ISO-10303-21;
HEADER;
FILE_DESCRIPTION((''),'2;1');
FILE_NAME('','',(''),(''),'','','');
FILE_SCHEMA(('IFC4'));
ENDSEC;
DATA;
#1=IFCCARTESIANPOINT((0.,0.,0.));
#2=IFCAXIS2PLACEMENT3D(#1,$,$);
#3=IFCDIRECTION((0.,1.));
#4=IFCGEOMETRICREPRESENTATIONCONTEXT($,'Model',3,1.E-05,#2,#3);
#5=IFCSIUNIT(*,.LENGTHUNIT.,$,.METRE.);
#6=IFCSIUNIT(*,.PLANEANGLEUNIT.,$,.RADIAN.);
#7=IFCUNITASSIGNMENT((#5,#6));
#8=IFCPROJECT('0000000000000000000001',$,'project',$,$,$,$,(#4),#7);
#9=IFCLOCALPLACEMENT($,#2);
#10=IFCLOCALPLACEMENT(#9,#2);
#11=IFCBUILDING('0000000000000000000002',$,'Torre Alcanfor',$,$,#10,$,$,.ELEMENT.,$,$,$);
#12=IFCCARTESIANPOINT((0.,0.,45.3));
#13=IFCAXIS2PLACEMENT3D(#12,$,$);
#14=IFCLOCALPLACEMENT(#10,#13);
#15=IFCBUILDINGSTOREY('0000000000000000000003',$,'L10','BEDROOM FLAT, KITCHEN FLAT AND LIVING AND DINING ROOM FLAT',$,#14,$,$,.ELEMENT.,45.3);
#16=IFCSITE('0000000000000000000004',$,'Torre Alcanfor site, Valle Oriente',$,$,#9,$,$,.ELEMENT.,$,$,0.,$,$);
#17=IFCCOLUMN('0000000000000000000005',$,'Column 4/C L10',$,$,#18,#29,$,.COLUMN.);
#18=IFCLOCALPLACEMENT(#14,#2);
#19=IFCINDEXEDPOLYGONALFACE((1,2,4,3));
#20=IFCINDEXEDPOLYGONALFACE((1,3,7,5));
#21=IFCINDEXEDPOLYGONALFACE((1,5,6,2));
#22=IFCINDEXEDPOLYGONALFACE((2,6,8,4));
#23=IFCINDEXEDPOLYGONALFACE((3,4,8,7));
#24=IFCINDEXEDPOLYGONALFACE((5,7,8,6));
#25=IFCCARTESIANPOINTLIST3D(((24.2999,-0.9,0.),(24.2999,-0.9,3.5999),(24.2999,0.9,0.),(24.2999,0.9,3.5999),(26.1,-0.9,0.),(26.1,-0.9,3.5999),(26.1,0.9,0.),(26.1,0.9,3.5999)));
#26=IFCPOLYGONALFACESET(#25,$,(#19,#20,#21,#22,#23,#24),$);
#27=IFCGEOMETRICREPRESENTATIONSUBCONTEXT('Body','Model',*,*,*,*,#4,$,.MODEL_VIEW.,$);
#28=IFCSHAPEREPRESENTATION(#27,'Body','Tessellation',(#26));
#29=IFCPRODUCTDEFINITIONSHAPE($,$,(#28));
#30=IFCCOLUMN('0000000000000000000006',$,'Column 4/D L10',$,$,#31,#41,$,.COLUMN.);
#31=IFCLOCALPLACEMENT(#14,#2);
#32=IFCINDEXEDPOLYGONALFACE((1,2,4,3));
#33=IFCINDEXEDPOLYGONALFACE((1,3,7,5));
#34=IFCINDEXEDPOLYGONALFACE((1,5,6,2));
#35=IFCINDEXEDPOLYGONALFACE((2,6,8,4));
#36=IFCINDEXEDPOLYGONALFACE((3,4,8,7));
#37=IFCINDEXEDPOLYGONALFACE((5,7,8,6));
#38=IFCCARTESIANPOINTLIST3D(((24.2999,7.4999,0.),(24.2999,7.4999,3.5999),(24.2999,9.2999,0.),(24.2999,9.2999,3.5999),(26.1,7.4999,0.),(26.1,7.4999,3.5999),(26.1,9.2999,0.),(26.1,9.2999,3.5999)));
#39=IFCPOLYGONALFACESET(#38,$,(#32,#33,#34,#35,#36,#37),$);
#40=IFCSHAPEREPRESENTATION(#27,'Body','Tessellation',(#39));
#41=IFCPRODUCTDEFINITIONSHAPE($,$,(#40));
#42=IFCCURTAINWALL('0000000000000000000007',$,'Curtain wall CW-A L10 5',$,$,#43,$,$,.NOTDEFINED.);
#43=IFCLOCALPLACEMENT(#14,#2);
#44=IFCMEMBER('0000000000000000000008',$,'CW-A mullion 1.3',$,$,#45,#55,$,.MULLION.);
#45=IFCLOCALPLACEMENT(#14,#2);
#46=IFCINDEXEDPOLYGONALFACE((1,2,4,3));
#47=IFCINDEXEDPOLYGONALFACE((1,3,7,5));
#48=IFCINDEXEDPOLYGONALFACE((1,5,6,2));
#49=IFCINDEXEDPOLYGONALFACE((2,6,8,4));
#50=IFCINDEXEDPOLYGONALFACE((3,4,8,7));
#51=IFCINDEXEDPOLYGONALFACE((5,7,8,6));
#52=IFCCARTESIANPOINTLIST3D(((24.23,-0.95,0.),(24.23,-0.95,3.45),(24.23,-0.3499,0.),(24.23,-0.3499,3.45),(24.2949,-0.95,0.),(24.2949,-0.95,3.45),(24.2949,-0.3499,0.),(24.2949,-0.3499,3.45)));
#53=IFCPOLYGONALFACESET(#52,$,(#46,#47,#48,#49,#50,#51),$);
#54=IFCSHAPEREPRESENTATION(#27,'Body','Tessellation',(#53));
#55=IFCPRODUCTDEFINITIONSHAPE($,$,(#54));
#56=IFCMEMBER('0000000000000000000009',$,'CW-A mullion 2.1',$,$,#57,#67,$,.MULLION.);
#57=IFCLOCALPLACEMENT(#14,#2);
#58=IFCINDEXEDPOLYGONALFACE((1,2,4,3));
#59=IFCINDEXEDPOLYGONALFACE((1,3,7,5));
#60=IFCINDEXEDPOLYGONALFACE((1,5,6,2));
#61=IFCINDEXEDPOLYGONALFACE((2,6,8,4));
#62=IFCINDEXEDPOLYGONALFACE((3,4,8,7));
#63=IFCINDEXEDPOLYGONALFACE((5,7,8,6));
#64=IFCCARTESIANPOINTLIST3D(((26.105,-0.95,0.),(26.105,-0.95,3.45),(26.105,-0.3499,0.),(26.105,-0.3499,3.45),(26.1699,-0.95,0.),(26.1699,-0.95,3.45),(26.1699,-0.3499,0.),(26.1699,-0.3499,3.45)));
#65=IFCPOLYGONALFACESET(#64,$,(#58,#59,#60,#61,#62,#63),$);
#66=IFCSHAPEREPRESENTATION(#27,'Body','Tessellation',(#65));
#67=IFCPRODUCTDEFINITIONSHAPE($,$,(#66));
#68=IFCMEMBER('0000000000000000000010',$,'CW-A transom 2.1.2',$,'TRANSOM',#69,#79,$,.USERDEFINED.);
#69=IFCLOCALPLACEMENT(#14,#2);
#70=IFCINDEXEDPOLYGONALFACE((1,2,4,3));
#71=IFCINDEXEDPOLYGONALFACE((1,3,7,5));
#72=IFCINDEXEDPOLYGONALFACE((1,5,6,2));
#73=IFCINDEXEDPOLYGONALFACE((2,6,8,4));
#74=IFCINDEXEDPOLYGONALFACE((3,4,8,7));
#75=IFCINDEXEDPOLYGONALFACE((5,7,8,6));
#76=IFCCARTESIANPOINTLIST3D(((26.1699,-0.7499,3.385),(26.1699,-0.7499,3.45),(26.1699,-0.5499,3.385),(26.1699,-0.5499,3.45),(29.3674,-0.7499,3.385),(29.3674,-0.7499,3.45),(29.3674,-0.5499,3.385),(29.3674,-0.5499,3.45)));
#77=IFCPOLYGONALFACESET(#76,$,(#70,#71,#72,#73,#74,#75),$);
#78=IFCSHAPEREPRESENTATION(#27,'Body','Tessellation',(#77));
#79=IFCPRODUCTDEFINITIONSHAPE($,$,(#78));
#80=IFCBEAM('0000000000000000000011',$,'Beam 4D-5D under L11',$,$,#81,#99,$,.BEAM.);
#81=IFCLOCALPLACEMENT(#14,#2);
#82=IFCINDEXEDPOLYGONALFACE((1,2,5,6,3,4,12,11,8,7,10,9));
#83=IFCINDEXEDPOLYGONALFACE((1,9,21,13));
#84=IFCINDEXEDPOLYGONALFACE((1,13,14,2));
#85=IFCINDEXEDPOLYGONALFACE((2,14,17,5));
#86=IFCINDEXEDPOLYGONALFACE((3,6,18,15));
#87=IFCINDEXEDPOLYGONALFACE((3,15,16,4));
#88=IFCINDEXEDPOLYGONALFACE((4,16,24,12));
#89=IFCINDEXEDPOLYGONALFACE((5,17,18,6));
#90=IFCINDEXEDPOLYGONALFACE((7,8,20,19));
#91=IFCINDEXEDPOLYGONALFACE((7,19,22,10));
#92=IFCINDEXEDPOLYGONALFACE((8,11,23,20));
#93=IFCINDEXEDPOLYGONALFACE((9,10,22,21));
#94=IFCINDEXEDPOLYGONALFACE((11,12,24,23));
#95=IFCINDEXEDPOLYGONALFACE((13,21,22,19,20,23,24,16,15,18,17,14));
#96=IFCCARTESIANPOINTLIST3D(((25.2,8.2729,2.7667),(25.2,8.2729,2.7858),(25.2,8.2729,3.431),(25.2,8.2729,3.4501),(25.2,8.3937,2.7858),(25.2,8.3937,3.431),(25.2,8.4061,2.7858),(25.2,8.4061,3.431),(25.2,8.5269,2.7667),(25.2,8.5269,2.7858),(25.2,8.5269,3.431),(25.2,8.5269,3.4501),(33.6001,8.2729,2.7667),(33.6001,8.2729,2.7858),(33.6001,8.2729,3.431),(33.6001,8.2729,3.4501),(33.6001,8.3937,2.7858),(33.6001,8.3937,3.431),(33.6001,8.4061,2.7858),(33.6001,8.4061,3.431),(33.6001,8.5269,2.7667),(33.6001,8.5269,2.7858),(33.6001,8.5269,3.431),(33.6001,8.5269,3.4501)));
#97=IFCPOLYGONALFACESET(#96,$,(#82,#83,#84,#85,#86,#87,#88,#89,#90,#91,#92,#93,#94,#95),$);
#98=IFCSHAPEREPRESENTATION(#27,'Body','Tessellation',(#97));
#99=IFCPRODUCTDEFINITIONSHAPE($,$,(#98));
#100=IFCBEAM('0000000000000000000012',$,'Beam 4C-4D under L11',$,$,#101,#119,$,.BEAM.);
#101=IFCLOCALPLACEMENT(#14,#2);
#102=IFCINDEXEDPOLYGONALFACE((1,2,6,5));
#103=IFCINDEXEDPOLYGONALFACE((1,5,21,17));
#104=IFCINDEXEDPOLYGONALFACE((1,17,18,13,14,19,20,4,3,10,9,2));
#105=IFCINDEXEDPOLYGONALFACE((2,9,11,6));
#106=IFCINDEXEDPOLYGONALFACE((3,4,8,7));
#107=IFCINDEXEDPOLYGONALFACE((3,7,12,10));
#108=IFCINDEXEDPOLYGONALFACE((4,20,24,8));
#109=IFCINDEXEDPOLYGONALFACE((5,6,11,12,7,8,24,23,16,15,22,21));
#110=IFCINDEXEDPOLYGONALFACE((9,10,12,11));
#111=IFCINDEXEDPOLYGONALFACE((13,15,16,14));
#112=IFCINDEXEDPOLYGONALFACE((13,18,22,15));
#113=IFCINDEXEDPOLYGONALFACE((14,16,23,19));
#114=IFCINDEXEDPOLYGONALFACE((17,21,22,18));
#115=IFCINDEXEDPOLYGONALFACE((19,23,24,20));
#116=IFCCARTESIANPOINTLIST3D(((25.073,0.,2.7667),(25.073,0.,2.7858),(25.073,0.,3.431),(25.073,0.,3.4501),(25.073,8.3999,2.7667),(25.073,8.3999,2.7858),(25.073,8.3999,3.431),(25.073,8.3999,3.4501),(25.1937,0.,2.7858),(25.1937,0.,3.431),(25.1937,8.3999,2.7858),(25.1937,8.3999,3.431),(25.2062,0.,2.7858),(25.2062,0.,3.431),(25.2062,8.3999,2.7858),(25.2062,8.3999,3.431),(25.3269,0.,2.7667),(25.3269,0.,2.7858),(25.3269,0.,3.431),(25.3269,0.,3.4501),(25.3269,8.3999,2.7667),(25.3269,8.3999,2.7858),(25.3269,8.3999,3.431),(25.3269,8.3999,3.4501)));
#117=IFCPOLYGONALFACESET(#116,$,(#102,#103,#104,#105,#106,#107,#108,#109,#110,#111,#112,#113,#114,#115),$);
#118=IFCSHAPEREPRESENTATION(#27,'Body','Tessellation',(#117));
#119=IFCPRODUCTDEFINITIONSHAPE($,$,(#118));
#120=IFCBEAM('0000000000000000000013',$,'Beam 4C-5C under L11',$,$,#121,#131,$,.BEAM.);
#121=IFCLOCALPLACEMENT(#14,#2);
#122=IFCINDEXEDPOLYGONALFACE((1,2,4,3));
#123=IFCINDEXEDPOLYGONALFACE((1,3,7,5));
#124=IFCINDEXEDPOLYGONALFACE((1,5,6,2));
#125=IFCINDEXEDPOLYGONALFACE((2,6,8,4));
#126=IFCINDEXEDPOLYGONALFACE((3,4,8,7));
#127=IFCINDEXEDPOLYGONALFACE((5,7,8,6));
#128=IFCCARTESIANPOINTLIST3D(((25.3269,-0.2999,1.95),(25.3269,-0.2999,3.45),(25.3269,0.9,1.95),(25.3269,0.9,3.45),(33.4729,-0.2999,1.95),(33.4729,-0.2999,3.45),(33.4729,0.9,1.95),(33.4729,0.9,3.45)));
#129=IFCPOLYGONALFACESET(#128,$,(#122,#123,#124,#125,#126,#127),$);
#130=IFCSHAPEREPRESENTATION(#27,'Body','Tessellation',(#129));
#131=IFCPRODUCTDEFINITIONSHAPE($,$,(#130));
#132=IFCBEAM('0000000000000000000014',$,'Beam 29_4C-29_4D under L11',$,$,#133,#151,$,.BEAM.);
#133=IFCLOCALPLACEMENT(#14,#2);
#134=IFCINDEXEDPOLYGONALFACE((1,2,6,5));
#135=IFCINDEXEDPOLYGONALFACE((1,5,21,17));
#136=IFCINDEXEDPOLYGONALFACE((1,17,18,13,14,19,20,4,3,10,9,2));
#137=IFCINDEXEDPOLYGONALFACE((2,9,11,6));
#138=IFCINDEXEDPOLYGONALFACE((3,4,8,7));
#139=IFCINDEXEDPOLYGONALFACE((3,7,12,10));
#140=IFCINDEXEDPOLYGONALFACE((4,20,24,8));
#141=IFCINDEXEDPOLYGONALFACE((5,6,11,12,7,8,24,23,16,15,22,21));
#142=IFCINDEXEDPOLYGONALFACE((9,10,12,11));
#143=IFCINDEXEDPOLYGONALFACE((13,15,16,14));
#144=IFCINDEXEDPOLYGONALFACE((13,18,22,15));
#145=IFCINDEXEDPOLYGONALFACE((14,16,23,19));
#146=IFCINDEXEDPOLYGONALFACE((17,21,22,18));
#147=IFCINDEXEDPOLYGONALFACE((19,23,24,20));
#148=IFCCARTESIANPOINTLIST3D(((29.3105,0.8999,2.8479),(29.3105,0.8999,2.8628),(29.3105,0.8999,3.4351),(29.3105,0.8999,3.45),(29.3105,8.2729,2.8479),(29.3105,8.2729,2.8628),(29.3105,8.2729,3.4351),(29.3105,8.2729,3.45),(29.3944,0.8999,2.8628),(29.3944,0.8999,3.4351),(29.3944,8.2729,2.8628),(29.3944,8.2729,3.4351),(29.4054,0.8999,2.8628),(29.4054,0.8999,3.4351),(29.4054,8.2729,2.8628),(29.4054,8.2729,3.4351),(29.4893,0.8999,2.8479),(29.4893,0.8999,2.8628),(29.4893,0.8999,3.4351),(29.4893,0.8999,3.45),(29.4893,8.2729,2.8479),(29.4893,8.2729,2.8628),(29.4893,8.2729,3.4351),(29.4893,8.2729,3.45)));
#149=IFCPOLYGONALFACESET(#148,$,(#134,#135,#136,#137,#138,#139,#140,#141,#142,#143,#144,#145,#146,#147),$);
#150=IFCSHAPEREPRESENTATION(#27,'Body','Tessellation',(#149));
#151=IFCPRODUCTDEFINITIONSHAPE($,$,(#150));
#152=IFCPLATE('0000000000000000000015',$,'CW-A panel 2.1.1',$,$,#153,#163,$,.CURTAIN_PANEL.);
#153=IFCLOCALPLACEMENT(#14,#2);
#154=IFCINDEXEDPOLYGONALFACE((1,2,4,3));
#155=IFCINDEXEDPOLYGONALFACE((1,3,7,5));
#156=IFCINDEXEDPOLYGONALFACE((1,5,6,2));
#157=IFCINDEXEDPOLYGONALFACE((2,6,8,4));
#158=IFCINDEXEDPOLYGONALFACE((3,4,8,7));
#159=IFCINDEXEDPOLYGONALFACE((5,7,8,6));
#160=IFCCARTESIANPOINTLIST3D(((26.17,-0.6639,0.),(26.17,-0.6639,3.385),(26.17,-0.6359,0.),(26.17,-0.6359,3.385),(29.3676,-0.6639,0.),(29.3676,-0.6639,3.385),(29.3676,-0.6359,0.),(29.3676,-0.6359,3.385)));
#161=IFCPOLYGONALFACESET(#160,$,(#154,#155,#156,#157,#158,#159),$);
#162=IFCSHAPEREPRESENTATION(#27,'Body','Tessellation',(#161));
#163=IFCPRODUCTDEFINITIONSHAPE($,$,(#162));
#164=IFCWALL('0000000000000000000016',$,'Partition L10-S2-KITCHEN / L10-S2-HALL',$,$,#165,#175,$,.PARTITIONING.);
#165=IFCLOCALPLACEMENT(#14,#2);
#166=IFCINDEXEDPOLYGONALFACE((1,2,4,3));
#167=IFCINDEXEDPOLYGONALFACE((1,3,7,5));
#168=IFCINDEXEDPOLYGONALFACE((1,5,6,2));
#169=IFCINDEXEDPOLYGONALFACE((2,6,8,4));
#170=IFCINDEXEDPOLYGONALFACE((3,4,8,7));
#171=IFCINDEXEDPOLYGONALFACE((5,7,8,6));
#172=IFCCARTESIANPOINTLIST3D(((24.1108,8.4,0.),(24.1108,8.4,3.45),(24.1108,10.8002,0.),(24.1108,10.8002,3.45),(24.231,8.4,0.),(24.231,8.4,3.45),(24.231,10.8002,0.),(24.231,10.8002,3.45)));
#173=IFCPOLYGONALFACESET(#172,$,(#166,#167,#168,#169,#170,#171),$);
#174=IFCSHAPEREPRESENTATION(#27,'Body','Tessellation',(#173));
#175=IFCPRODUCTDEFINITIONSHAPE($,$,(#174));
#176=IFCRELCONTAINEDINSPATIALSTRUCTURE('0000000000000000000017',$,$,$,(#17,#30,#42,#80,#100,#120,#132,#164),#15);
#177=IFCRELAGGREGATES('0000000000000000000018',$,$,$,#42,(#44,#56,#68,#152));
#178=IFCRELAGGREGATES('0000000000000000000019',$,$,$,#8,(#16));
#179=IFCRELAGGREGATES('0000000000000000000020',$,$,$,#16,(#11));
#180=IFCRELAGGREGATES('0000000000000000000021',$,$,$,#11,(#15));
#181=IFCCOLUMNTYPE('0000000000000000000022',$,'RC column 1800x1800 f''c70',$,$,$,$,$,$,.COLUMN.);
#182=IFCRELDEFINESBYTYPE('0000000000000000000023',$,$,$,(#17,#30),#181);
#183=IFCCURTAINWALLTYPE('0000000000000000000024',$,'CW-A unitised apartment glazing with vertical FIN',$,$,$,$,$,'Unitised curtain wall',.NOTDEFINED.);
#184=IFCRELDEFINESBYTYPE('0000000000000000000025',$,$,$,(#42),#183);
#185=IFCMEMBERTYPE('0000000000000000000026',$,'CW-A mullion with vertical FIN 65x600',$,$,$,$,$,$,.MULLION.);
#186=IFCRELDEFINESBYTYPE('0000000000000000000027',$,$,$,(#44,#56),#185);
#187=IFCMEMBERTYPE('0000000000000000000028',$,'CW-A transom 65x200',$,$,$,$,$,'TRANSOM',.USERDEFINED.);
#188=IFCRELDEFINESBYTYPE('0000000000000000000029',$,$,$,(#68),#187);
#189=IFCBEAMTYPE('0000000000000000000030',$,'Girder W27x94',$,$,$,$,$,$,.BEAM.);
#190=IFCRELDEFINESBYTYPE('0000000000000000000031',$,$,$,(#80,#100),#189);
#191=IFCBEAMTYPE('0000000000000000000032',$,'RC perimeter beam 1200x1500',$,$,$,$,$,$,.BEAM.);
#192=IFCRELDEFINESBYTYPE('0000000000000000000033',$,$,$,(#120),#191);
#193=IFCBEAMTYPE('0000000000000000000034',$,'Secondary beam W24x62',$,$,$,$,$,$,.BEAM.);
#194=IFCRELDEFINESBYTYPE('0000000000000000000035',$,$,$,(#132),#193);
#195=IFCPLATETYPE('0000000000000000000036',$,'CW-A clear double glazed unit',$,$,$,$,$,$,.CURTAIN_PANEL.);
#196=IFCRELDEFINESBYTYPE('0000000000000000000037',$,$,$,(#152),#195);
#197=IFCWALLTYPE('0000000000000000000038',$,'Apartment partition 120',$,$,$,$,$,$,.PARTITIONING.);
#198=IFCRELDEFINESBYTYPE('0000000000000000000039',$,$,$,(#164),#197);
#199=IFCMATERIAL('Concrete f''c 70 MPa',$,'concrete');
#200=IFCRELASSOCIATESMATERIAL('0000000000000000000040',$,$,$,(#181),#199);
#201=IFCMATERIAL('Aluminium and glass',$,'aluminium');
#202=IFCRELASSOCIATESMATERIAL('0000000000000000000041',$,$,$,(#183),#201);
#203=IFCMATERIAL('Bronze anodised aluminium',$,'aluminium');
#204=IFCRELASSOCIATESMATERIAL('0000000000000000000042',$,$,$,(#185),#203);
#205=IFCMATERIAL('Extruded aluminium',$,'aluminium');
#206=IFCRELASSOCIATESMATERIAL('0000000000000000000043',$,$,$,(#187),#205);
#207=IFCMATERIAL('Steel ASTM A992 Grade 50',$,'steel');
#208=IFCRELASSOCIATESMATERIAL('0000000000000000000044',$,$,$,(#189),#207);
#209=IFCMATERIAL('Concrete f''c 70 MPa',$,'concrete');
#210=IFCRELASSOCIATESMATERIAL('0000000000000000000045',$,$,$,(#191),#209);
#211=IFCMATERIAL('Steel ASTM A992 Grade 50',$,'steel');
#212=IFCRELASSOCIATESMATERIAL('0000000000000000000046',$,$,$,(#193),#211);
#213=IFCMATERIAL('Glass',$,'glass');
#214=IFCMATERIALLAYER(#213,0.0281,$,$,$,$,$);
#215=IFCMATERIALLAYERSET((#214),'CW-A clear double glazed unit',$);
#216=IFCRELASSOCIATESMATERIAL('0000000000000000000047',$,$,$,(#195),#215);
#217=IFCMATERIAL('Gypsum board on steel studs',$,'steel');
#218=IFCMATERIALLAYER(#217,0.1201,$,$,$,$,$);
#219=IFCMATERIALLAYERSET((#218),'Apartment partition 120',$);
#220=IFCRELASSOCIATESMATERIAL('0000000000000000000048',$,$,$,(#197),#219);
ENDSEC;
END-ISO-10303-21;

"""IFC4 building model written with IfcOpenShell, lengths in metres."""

from ifc_helpers import new_model, si_unit, direction, frame, frame_2d, origin, origin_2d, place, context, subcontext, project, spatial, rectangle, i_section, extrude, material, layer, layer_set, material_profile, profile_set, type_object, element, aggregate, save


model = new_model("IFC4")

# Units and contexts
model_context = context("Model", 3, precision=1e-05, world=origin(), true_north=direction((0.0, 1.0)))
body_context = subcontext(model_context, "Body", "Model", "MODEL_VIEW")
ifc_project = project(units=[si_unit("LENGTHUNIT", "METRE"), si_unit("PLANEANGLEUNIT", "RADIAN")], contexts=[model_context])

# Site, building, storey
site_placement = place(None, origin())
site = spatial("IfcSite", under=ifc_project, at=site_placement, Name="Torre Alcanfor site, Valle Oriente", CompositionType="ELEMENT", RefElevation=0.0)
building_placement = place(site_placement, origin())
building = spatial("IfcBuilding", under=site, at=building_placement, Name="Torre Alcanfor", CompositionType="ELEMENT")
storey_placement = place(building_placement, frame((0.0, 0.0, 45.3)))
storey = spatial("IfcBuildingStorey", under=building, at=storey_placement, Name="L10", Description="BEDROOM FLAT, KITCHEN FLAT AND LIVING AND DINING ROOM FLAT", CompositionType="ELEMENT", Elevation=45.3)

# Columns
ifc_material_1 = material(Name="Concrete f'c 70 MPa", Category="concrete")
ifc_material_profile_1 = material_profile(ifc_material_1, rectangle(XDim=1.8, YDim=1.8, at=origin_2d()), Name="1800x1800")
ifc_profile_set_1 = profile_set([ifc_material_profile_1], Name="Concrete f'c 70 MPa")
column_type = type_object("IfcColumnType", Name="RC column 1800x1800 f'c70", PredefinedType="COLUMN", material=ifc_profile_set_1)
for number, where, z_axis, x_axis, name in (
    (1, (25.2, 0.0, 0.0), (0.0, 0.0, 1.0), (1.0, 0.0, 0.0), "Column 4/C L10"),
    (2, (25.2, 8.3999, 0.0), (0.0, 0.0, 1.0), (1.0, 0.0, 0.0), "Column 4/D L10"),
):
    element("IfcColumn", number, at=place(storey_placement, frame(where, z_axis=z_axis, x_axis=x_axis)), inside=storey, type_object=column_type, Name=name, PredefinedType="COLUMN", context=body_context, shape_type="SweptSolid", body=[
        extrude(rectangle(XDim=1.8, YDim=1.8, at=origin_2d()), origin(), (0.0, 0.0, 1.0), 3.5999),
    ])

# Curtain wall, members
ifc_material_2 = material(Name="Aluminium and glass", Category="aluminium")
curtain_wall_type = type_object("IfcCurtainWallType", Name="CW-A unitised apartment glazing with vertical FIN", ElementType="Unitised curtain wall", PredefinedType="NOTDEFINED", material=ifc_material_2)
curtain_wall_placement = place(storey_placement, origin())
curtain_wall = element("IfcCurtainWall", 3, at=curtain_wall_placement, inside=storey, type_object=curtain_wall_type, Name="Curtain wall CW-A L10 5", PredefinedType="NOTDEFINED")
ifc_material_3 = material(Name="Bronze anodised aluminium", Category="aluminium")
ifc_material_profile_2 = material_profile(ifc_material_3, rectangle(XDim=0.6001, YDim=0.0649, at=origin_2d()), Name="CW-A mullion 65x600")
ifc_profile_set_2 = profile_set([ifc_material_profile_2], Name="Bronze anodised aluminium")
member_type_1 = type_object("IfcMemberType", Name="CW-A mullion with vertical FIN 65x600", PredefinedType="MULLION", material=ifc_profile_set_2)
member_1_placement = place(storey_placement, frame((24.2625, -0.6499, 0.0), z_axis=(0.0, 0.0, 1.0), x_axis=(0.0, 1.0, 0.0)))
member_1 = element("IfcMember", 4, at=member_1_placement, type_object=member_type_1, Name="CW-A mullion 1.3", PredefinedType="MULLION", context=body_context, shape_type="SweptSolid", body=[
    extrude(rectangle(XDim=0.6001, YDim=0.0649, at=origin_2d()), origin(), (0.0, 0.0, 1.0), 3.45),
])
member_2_placement = place(storey_placement, frame((26.1375, -0.6499, 0.0), z_axis=(0.0, 0.0, 1.0), x_axis=(0.0, 1.0, 0.0)))
member_2 = element("IfcMember", 5, at=member_2_placement, type_object=member_type_1, Name="CW-A mullion 2.1", PredefinedType="MULLION", context=body_context, shape_type="SweptSolid", body=[
    extrude(rectangle(XDim=0.6001, YDim=0.0649, at=origin_2d()), origin(), (0.0, 0.0, 1.0), 3.45),
])
ifc_material_4 = material(Name="Extruded aluminium", Category="aluminium")
ifc_material_profile_3 = material_profile(ifc_material_4, rectangle(XDim=0.2, YDim=0.0649, at=origin_2d()), Name="CW-A transom 200x65")
ifc_profile_set_3 = profile_set([ifc_material_profile_3], Name="Extruded aluminium")
member_type_2 = type_object("IfcMemberType", Name="CW-A transom 65x200", ElementType="TRANSOM", PredefinedType="USERDEFINED", material=ifc_profile_set_3)
member_3_placement = place(storey_placement, frame((26.1699, -0.6499, 3.4175), z_axis=(1.0, 0.0, 0.0), x_axis=(0.0, 1.0, 0.0)))
member_3 = element("IfcMember", 6, at=member_3_placement, type_object=member_type_2, Name="CW-A transom 2.1.2", ObjectType="TRANSOM", PredefinedType="USERDEFINED", context=body_context, shape_type="SweptSolid", body=[
    extrude(rectangle(XDim=0.2, YDim=0.0649, at=origin_2d()), origin(), (0.0, 0.0, 1.0), 3.1975),
])

# Beams
ifc_material_5 = material(Name="Steel ASTM A992 Grade 50", Category="steel")
ifc_material_profile_4 = material_profile(ifc_material_5, i_section(OverallWidth=0.2539, OverallDepth=0.6833, WebThickness=0.0125, FlangeThickness=0.019, at=origin_2d()), Name="W27x94")
ifc_profile_set_4 = profile_set([ifc_material_profile_4], Name="Steel ASTM A992 Grade 50")
beam_type_1 = type_object("IfcBeamType", Name="Girder W27x94", PredefinedType="BEAM", material=ifc_profile_set_4)
beam_1_placement = place(storey_placement, frame((25.2, 8.3999, 3.1084), z_axis=(1.0, 0.0, 0.0), x_axis=(0.0, 1.0, 0.0)))
element("IfcBeam", 7, at=beam_1_placement, inside=storey, type_object=beam_type_1, Name="Beam 4D-5D under L11", PredefinedType="BEAM", context=body_context, shape_type="SweptSolid", body=[
    extrude(i_section(OverallWidth=0.2539, OverallDepth=0.6833, WebThickness=0.0125, FlangeThickness=0.019, at=origin_2d()), origin(), (0.0, 0.0, 1.0), 8.4001),
])
beam_2_placement = place(storey_placement, frame((25.2, 0.0, 3.1084), z_axis=(0.0, 1.0, 0.0), x_axis=(-1.0, 0.0, 0.0)))
element("IfcBeam", 8, at=beam_2_placement, inside=storey, type_object=beam_type_1, Name="Beam 4C-4D under L11", PredefinedType="BEAM", context=body_context, shape_type="SweptSolid", body=[
    extrude(i_section(OverallWidth=0.2539, OverallDepth=0.6833, WebThickness=0.0125, FlangeThickness=0.019, at=origin_2d()), origin(), (0.0, 0.0, 1.0), 8.3999),
])
ifc_material_6 = material(Name="Concrete f'c 70 MPa", Category="concrete")
ifc_material_profile_5 = material_profile(ifc_material_6, rectangle(XDim=1.2, YDim=1.5, at=origin_2d()), Name="1200x1500")
ifc_profile_set_5 = profile_set([ifc_material_profile_5], Name="Concrete f'c 70 MPa")
beam_type_2 = type_object("IfcBeamType", Name="RC perimeter beam 1200x1500", PredefinedType="BEAM", material=ifc_profile_set_5)
beam_3_placement = place(storey_placement, frame((25.3269, 0.3, 2.7), z_axis=(1.0, 0.0, 0.0), x_axis=(0.0, 1.0, 0.0)))
element("IfcBeam", 9, at=beam_3_placement, inside=storey, type_object=beam_type_2, Name="Beam 4C-5C under L11", PredefinedType="BEAM", context=body_context, shape_type="SweptSolid", body=[
    extrude(rectangle(XDim=1.2, YDim=1.5, at=origin_2d()), origin(), (0.0, 0.0, 1.0), 8.146),
])
ifc_material_7 = material(Name="Steel ASTM A992 Grade 50", Category="steel")
ifc_material_profile_6 = material_profile(ifc_material_7, i_section(OverallWidth=0.1787, OverallDepth=0.6021, WebThickness=0.011, FlangeThickness=0.0149, at=origin_2d()), Name="W24x62")
ifc_profile_set_6 = profile_set([ifc_material_profile_6], Name="Steel ASTM A992 Grade 50")
beam_type_3 = type_object("IfcBeamType", Name="Secondary beam W24x62", PredefinedType="BEAM", material=ifc_profile_set_6)
beam_4_placement = place(storey_placement, frame((29.3999, 0.8999, 3.1489), z_axis=(0.0, 1.0, 0.0), x_axis=(-1.0, 0.0, 0.0)))
element("IfcBeam", 10, at=beam_4_placement, inside=storey, type_object=beam_type_3, Name="Beam 29_4C-29_4D under L11", PredefinedType="BEAM", context=body_context, shape_type="SweptSolid", body=[
    extrude(i_section(OverallWidth=0.1787, OverallDepth=0.6021, WebThickness=0.011, FlangeThickness=0.0149, at=origin_2d()), origin(), (0.0, 0.0, 1.0), 7.373),
])

# Plate
ifc_material_8 = material(Name="Glass", Category="glass")
ifc_layer_1 = layer(ifc_material_8, 0.0281)
ifc_layer_set_1 = layer_set([ifc_layer_1], Name="CW-A clear double glazed unit")
plate_type = type_object("IfcPlateType", Name="CW-A clear double glazed unit", PredefinedType="CURTAIN_PANEL", material=ifc_layer_set_1)
plate_placement = place(storey_placement, frame((27.7688, -0.6499, 0.0), z_axis=(0.0, 0.0, 1.0), x_axis=(1.0, 0.0, 0.0)))
plate = element("IfcPlate", 11, at=plate_placement, type_object=plate_type, Name="CW-A panel 2.1.1", PredefinedType="CURTAIN_PANEL", context=body_context, shape_type="SweptSolid", body=[
    extrude(rectangle(XDim=3.1975, YDim=0.0281, at=origin_2d()), origin(), (0.0, 0.0, 1.0), 3.385),
])
aggregate(curtain_wall, [member_1, member_2, member_3, plate])

# Wall
ifc_material_9 = material(Name="Gypsum board on steel studs", Category="steel")
ifc_layer_2 = layer(ifc_material_9, 0.1201)
ifc_layer_set_2 = layer_set([ifc_layer_2], Name="Apartment partition 120")
wall_type = type_object("IfcWallType", Name="Apartment partition 120", PredefinedType="PARTITIONING", material=ifc_layer_set_2)
wall_1_placement = place(storey_placement, frame((24.1709, 8.3999, 0.0), z_axis=(0.0, 0.0, 1.0), x_axis=(0.0, 1.0, 0.0)))
element("IfcWall", 12, at=wall_1_placement, inside=storey, type_object=wall_type, Name="Partition L10-S2-KITCHEN / L10-S2-HALL", PredefinedType="PARTITIONING", context=body_context, shape_type="SweptSolid", body=[
    extrude(rectangle(XDim=2.4001, YDim=0.1201, at=frame_2d((1.2002, 0.0))), origin(), (0.0, 0.0, 1.0), 3.45),
])

save(model, "model.ifc")
